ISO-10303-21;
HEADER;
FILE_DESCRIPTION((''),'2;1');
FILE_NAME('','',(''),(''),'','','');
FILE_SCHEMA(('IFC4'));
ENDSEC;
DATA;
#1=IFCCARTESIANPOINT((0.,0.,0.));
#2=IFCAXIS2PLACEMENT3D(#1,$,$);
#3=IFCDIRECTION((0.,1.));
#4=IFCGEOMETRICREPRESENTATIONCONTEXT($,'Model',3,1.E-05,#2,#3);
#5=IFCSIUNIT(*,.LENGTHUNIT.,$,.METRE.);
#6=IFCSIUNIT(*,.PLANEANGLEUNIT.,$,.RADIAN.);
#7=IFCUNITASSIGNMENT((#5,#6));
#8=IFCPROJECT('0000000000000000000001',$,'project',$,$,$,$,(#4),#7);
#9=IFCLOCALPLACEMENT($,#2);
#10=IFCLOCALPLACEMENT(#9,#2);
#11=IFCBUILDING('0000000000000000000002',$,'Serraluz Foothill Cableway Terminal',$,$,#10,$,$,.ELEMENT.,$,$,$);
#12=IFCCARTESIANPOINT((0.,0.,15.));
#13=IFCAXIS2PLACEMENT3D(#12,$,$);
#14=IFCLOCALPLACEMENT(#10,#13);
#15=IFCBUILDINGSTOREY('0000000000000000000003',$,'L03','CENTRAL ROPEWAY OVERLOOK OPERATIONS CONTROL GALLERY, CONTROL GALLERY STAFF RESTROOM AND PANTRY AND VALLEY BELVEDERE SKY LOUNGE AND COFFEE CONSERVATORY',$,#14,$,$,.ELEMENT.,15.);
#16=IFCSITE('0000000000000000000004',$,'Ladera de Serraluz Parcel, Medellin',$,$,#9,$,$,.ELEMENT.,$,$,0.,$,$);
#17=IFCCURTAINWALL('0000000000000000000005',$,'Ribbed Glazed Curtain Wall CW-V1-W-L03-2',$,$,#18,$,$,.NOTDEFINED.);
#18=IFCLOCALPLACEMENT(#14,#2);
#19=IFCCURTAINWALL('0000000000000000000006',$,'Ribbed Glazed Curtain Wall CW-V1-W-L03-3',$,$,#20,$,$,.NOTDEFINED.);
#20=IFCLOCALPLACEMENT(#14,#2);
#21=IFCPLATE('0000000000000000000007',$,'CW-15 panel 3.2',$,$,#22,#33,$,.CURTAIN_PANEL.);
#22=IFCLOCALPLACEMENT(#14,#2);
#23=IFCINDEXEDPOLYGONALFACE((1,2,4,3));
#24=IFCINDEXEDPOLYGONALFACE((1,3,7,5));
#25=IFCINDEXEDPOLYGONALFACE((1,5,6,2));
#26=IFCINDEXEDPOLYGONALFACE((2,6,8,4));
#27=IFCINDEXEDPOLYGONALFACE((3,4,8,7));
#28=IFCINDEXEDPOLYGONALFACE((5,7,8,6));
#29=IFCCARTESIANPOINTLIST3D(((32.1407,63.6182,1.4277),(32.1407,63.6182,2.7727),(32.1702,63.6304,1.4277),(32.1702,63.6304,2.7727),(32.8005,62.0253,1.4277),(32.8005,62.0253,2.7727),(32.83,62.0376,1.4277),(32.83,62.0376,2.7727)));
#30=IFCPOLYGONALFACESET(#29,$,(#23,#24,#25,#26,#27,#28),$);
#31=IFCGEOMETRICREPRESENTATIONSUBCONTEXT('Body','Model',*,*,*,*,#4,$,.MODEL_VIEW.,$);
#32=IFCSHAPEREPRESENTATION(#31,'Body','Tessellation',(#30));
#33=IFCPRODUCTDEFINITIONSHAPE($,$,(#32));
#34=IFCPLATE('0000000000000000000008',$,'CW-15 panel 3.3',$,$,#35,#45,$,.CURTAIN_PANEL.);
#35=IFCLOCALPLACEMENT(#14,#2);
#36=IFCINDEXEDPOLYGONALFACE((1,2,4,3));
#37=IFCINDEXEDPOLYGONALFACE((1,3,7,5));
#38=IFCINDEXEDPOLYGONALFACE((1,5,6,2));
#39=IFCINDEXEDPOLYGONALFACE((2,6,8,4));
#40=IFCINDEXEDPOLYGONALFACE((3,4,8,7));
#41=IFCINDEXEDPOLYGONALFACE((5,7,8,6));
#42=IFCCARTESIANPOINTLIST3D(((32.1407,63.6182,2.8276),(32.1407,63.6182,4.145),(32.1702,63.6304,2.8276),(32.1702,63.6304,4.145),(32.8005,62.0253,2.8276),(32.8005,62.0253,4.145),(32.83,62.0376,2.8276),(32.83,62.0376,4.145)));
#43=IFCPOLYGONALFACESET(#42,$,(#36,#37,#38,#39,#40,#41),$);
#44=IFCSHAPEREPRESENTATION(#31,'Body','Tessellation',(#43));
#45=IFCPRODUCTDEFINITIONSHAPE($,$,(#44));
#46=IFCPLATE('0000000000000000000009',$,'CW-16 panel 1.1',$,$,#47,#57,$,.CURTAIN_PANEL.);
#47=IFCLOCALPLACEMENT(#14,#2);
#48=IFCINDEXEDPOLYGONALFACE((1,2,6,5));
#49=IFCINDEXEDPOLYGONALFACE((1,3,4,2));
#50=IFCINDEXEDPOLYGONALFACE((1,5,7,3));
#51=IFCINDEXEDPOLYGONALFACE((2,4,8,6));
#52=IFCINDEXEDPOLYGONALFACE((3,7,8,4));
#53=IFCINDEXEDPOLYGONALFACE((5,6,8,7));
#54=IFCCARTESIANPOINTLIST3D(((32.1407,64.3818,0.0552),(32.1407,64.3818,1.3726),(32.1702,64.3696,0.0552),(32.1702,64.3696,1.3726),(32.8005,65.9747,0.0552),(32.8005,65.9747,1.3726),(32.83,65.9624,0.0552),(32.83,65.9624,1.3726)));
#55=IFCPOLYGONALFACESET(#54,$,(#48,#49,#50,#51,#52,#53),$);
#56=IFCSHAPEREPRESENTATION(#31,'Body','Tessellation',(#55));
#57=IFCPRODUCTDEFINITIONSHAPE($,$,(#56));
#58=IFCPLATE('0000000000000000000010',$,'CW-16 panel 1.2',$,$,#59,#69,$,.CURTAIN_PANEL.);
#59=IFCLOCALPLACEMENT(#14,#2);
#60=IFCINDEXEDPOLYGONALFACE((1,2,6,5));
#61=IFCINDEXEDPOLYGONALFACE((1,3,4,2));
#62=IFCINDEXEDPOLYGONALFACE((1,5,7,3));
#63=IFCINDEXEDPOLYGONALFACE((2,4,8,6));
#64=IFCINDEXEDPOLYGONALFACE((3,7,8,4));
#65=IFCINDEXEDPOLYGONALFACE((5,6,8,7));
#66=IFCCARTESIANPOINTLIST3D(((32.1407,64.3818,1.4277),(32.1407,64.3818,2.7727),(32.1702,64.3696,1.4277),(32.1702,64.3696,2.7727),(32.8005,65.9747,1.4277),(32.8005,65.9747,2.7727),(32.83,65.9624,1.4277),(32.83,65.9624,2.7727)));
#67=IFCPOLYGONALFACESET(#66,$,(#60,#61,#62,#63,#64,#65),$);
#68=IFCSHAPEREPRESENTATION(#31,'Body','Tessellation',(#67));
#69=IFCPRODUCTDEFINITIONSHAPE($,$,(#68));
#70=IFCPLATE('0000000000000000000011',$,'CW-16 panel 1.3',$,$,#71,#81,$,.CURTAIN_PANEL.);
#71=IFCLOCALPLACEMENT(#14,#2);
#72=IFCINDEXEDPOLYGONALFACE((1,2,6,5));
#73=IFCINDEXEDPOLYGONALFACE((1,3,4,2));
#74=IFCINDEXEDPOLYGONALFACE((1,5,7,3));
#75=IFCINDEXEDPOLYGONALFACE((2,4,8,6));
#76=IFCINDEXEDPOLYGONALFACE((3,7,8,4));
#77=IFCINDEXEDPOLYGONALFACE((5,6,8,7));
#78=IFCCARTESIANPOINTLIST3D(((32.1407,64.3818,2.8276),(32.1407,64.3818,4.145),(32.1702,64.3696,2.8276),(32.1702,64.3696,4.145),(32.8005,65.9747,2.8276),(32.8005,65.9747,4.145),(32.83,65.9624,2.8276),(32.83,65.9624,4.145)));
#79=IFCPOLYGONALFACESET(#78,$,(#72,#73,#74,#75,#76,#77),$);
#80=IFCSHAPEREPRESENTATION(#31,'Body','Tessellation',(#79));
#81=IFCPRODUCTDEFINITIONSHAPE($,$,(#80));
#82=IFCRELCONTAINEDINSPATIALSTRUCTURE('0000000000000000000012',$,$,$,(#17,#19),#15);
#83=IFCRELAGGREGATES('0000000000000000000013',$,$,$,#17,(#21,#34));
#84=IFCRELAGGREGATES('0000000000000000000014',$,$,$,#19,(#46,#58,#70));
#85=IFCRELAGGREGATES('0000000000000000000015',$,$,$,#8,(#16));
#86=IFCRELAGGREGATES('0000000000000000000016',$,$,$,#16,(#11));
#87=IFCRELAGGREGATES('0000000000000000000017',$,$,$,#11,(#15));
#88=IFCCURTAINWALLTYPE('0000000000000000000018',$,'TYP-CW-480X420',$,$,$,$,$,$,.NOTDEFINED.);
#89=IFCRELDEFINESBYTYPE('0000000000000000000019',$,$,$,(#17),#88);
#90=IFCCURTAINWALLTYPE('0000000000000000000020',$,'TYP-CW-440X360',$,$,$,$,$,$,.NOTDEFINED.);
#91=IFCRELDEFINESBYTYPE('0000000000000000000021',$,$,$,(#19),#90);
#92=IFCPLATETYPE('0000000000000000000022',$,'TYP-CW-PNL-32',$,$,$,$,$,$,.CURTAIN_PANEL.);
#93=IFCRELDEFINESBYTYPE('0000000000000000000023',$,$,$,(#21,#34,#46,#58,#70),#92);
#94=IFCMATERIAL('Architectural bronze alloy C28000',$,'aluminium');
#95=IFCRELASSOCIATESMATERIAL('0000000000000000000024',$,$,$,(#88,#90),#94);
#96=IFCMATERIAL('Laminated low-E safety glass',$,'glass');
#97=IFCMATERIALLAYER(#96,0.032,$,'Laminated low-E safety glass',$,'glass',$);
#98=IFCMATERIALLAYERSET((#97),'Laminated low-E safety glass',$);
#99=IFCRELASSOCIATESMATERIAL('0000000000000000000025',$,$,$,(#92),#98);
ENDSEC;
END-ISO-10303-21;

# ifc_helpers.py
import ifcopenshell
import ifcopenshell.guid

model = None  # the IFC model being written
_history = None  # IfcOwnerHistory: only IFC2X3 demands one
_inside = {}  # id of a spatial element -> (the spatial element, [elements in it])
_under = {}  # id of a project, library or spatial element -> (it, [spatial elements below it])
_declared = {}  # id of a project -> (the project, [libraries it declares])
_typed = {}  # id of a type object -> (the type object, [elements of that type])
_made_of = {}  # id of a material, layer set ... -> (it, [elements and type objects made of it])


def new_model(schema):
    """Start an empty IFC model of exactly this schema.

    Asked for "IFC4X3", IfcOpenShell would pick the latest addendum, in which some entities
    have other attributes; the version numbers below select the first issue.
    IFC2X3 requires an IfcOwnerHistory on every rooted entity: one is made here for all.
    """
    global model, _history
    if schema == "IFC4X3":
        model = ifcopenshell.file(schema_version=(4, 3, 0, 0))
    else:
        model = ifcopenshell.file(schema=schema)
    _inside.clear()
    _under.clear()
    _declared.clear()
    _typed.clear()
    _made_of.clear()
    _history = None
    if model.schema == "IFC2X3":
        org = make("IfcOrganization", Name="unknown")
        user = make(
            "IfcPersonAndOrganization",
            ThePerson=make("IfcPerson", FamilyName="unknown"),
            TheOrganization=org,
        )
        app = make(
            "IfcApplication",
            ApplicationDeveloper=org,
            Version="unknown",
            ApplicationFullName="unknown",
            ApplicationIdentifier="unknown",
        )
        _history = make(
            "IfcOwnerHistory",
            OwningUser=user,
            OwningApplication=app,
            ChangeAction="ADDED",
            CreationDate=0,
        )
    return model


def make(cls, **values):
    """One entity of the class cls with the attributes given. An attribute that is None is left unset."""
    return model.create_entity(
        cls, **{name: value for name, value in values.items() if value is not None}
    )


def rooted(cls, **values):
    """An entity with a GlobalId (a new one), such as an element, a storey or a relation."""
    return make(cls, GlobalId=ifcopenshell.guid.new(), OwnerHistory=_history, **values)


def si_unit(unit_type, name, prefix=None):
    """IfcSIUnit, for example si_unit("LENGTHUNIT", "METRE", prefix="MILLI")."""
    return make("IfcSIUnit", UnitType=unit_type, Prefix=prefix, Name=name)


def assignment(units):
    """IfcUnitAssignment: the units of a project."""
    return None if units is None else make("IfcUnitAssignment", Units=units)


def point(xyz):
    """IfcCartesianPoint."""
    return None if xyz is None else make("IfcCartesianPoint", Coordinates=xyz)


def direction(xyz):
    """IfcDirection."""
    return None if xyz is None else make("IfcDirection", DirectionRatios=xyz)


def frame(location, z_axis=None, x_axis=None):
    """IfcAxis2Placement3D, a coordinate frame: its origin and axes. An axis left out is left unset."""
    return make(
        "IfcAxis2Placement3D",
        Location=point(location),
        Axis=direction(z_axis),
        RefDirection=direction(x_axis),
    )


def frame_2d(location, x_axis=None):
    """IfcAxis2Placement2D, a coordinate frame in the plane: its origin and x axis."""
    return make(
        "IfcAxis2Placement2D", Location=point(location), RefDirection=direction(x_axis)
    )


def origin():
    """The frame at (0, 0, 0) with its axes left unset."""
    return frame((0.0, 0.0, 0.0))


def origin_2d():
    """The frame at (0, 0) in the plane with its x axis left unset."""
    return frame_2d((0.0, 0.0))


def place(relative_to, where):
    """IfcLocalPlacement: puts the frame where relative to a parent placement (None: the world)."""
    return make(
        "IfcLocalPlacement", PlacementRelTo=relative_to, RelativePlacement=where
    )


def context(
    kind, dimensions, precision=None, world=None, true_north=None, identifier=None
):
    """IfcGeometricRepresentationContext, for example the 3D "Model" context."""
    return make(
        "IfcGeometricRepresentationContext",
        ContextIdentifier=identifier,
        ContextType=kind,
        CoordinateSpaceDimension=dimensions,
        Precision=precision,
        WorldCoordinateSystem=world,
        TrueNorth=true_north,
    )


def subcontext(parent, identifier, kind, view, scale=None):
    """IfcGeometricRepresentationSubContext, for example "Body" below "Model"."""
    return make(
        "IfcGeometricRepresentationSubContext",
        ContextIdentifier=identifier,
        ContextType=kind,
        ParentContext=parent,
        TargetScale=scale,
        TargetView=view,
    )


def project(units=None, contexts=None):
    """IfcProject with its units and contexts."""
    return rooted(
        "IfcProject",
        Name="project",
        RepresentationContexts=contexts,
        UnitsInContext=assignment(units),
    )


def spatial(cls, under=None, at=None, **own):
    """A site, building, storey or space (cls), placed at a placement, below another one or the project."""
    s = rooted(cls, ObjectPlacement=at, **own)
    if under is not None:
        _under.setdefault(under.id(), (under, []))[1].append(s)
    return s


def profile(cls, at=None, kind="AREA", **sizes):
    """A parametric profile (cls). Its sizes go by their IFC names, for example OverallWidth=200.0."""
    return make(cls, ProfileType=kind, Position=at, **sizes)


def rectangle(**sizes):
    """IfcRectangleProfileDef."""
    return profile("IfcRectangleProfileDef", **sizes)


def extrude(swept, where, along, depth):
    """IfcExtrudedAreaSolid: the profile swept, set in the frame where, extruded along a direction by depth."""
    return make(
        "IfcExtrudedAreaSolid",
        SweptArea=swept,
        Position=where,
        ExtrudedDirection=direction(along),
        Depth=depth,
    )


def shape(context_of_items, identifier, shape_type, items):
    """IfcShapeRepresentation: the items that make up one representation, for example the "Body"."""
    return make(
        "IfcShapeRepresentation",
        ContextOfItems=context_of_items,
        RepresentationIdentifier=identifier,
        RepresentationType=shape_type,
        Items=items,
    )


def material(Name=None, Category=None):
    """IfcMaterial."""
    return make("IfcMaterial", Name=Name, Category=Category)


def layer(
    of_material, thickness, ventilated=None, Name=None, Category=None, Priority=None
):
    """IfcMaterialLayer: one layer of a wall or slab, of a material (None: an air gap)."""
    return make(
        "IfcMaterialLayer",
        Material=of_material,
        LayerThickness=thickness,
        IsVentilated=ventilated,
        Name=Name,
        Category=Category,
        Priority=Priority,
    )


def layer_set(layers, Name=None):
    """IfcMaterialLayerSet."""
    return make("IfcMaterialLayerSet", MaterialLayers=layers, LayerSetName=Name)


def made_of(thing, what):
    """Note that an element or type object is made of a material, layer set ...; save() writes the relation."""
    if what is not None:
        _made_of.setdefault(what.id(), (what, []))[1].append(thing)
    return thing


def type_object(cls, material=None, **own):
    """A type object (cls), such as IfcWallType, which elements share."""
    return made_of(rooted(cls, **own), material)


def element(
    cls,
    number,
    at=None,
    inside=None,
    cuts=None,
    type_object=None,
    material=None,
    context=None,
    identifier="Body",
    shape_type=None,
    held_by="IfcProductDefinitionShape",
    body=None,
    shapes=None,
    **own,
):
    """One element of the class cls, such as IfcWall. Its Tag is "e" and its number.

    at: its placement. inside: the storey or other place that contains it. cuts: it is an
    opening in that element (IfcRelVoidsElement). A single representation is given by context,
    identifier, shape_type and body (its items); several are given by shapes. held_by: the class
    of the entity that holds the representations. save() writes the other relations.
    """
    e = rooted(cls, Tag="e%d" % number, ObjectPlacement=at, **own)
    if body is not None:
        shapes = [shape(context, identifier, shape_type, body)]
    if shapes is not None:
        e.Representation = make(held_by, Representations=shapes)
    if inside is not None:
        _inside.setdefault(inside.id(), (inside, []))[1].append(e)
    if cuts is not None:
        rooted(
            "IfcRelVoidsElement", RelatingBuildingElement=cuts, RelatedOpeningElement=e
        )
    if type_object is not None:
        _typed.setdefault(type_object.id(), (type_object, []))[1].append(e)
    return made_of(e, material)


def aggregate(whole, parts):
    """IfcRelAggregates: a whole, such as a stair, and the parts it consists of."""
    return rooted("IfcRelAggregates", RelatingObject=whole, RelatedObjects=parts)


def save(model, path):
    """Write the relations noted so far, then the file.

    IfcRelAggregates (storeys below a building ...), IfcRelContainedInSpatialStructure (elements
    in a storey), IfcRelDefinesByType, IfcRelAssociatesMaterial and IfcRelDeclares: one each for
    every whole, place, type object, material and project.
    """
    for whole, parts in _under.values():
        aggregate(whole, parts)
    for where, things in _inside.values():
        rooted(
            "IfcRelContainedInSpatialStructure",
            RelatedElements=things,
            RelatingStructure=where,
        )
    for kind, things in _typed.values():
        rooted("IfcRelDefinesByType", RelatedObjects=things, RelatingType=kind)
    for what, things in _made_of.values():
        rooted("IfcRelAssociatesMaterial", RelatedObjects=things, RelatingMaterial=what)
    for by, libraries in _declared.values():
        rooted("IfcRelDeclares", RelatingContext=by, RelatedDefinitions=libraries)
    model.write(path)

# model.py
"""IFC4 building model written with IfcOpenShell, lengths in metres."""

from ifc_helpers import new_model, si_unit, direction, frame, origin, origin_2d, place, context, subcontext, project, spatial, rectangle, extrude, material, layer, layer_set, type_object, element, aggregate, save


model = new_model("IFC4")

# Units and contexts
model_context = context("Model", 3, precision=1e-05, world=origin(), true_north=direction((0.0, 1.0)))
body_context = subcontext(model_context, "Body", "Model", "MODEL_VIEW")
ifc_project = project(units=[si_unit("LENGTHUNIT", "METRE"), si_unit("PLANEANGLEUNIT", "RADIAN")], contexts=[model_context])

# Site, building, storey
site_placement = place(None, origin())
site = spatial("IfcSite", under=ifc_project, at=site_placement, Name="Ladera de Serraluz Parcel, Medellin", CompositionType="ELEMENT", RefElevation=0.0)
building_placement = place(site_placement, origin())
building = spatial("IfcBuilding", under=site, at=building_placement, Name="Serraluz Foothill Cableway Terminal", CompositionType="ELEMENT")
storey_placement = place(building_placement, frame((0.0, 0.0, 15.0)))
storey = spatial("IfcBuildingStorey", under=building, at=storey_placement, Name="L03", Description="CENTRAL ROPEWAY OVERLOOK OPERATIONS CONTROL GALLERY, CONTROL GALLERY STAFF RESTROOM AND PANTRY AND VALLEY BELVEDERE SKY LOUNGE AND COFFEE CONSERVATORY", CompositionType="ELEMENT", Elevation=15.0)

# Curtain walls
ifc_material_1 = material(Name="Architectural bronze alloy C28000", Category="aluminium")
curtain_wall_type_1 = type_object("IfcCurtainWallType", Name="TYP-CW-480X420", PredefinedType="NOTDEFINED", material=ifc_material_1)
curtain_wall_1_placement = place(storey_placement, origin())
curtain_wall_1 = element("IfcCurtainWall", 1, at=curtain_wall_1_placement, inside=storey, type_object=curtain_wall_type_1, Name="Ribbed Glazed Curtain Wall CW-V1-W-L03-2", PredefinedType="NOTDEFINED")
curtain_wall_type_2 = type_object("IfcCurtainWallType", Name="TYP-CW-440X360", PredefinedType="NOTDEFINED", material=ifc_material_1)
curtain_wall_2_placement = place(storey_placement, origin())
curtain_wall_2 = element("IfcCurtainWall", 2, at=curtain_wall_2_placement, inside=storey, type_object=curtain_wall_type_2, Name="Ribbed Glazed Curtain Wall CW-V1-W-L03-3", PredefinedType="NOTDEFINED")

# Plates
ifc_material_2 = material(Name="Laminated low-E safety glass", Category="glass")
ifc_layer = layer(ifc_material_2, 0.032, Name="Laminated low-E safety glass", Category="glass")
ifc_layer_set = layer_set([ifc_layer], Name="Laminated low-E safety glass")
plate_type = type_object("IfcPlateType", Name="TYP-CW-PNL-32", PredefinedType="CURTAIN_PANEL", material=ifc_layer_set)
plate_1_placement = place(storey_placement, frame((32.4854, 62.8279, 1.4277), z_axis=(0.0, 0.0, 1.0), x_axis=(-0.382685, 0.923879, 0.0)))
plate_1 = element("IfcPlate", 3, at=plate_1_placement, type_object=plate_type, Name="CW-15 panel 3.2", PredefinedType="CURTAIN_PANEL", context=body_context, shape_type="SweptSolid", body=[
    extrude(rectangle(XDim=1.7241, YDim=0.032, at=origin_2d()), origin(), (0.0, 0.0, 1.0), 1.345),
])
plate_2_placement = place(storey_placement, frame((32.4854, 62.8279, 2.8276), z_axis=(0.0, 0.0, 1.0), x_axis=(-0.382685, 0.923879, 0.0)))
plate_2 = element("IfcPlate", 4, at=plate_2_placement, type_object=plate_type, Name="CW-15 panel 3.3", PredefinedType="CURTAIN_PANEL", context=body_context, shape_type="SweptSolid", body=[
    extrude(rectangle(XDim=1.7241, YDim=0.032, at=origin_2d()), origin(), (0.0, 0.0, 1.0), 1.3174),
])
aggregate(curtain_wall_1, [plate_1, plate_2])
plate_3_placement = place(storey_placement, frame((32.4854, 65.1721, 0.0552), z_axis=(0.0, 0.0, 1.0), x_axis=(0.382685, 0.923879, 0.0)))
plate_3 = element("IfcPlate", 5, at=plate_3_placement, type_object=plate_type, Name="CW-16 panel 1.1", PredefinedType="CURTAIN_PANEL", context=body_context, shape_type="SweptSolid", body=[
    extrude(rectangle(XDim=1.7241, YDim=0.032, at=origin_2d()), origin(), (0.0, 0.0, 1.0), 1.3174),
])
plate_4_placement = place(storey_placement, frame((32.4854, 65.1721, 1.4277), z_axis=(0.0, 0.0, 1.0), x_axis=(0.382685, 0.923879, 0.0)))
plate_4 = element("IfcPlate", 6, at=plate_4_placement, type_object=plate_type, Name="CW-16 panel 1.2", PredefinedType="CURTAIN_PANEL", context=body_context, shape_type="SweptSolid", body=[
    extrude(rectangle(XDim=1.7241, YDim=0.032, at=origin_2d()), origin(), (0.0, 0.0, 1.0), 1.345),
])
plate_5_placement = place(storey_placement, frame((32.4854, 65.1721, 2.8276), z_axis=(0.0, 0.0, 1.0), x_axis=(0.382685, 0.923879, 0.0)))
plate_5 = element("IfcPlate", 7, at=plate_5_placement, type_object=plate_type, Name="CW-16 panel 1.3", PredefinedType="CURTAIN_PANEL", context=body_context, shape_type="SweptSolid", body=[
    extrude(rectangle(XDim=1.7241, YDim=0.032, at=origin_2d()), origin(), (0.0, 0.0, 1.0), 1.3174),
])
aggregate(curtain_wall_2, [plate_3, plate_4, plate_5])

save(model, "model.ifc")
